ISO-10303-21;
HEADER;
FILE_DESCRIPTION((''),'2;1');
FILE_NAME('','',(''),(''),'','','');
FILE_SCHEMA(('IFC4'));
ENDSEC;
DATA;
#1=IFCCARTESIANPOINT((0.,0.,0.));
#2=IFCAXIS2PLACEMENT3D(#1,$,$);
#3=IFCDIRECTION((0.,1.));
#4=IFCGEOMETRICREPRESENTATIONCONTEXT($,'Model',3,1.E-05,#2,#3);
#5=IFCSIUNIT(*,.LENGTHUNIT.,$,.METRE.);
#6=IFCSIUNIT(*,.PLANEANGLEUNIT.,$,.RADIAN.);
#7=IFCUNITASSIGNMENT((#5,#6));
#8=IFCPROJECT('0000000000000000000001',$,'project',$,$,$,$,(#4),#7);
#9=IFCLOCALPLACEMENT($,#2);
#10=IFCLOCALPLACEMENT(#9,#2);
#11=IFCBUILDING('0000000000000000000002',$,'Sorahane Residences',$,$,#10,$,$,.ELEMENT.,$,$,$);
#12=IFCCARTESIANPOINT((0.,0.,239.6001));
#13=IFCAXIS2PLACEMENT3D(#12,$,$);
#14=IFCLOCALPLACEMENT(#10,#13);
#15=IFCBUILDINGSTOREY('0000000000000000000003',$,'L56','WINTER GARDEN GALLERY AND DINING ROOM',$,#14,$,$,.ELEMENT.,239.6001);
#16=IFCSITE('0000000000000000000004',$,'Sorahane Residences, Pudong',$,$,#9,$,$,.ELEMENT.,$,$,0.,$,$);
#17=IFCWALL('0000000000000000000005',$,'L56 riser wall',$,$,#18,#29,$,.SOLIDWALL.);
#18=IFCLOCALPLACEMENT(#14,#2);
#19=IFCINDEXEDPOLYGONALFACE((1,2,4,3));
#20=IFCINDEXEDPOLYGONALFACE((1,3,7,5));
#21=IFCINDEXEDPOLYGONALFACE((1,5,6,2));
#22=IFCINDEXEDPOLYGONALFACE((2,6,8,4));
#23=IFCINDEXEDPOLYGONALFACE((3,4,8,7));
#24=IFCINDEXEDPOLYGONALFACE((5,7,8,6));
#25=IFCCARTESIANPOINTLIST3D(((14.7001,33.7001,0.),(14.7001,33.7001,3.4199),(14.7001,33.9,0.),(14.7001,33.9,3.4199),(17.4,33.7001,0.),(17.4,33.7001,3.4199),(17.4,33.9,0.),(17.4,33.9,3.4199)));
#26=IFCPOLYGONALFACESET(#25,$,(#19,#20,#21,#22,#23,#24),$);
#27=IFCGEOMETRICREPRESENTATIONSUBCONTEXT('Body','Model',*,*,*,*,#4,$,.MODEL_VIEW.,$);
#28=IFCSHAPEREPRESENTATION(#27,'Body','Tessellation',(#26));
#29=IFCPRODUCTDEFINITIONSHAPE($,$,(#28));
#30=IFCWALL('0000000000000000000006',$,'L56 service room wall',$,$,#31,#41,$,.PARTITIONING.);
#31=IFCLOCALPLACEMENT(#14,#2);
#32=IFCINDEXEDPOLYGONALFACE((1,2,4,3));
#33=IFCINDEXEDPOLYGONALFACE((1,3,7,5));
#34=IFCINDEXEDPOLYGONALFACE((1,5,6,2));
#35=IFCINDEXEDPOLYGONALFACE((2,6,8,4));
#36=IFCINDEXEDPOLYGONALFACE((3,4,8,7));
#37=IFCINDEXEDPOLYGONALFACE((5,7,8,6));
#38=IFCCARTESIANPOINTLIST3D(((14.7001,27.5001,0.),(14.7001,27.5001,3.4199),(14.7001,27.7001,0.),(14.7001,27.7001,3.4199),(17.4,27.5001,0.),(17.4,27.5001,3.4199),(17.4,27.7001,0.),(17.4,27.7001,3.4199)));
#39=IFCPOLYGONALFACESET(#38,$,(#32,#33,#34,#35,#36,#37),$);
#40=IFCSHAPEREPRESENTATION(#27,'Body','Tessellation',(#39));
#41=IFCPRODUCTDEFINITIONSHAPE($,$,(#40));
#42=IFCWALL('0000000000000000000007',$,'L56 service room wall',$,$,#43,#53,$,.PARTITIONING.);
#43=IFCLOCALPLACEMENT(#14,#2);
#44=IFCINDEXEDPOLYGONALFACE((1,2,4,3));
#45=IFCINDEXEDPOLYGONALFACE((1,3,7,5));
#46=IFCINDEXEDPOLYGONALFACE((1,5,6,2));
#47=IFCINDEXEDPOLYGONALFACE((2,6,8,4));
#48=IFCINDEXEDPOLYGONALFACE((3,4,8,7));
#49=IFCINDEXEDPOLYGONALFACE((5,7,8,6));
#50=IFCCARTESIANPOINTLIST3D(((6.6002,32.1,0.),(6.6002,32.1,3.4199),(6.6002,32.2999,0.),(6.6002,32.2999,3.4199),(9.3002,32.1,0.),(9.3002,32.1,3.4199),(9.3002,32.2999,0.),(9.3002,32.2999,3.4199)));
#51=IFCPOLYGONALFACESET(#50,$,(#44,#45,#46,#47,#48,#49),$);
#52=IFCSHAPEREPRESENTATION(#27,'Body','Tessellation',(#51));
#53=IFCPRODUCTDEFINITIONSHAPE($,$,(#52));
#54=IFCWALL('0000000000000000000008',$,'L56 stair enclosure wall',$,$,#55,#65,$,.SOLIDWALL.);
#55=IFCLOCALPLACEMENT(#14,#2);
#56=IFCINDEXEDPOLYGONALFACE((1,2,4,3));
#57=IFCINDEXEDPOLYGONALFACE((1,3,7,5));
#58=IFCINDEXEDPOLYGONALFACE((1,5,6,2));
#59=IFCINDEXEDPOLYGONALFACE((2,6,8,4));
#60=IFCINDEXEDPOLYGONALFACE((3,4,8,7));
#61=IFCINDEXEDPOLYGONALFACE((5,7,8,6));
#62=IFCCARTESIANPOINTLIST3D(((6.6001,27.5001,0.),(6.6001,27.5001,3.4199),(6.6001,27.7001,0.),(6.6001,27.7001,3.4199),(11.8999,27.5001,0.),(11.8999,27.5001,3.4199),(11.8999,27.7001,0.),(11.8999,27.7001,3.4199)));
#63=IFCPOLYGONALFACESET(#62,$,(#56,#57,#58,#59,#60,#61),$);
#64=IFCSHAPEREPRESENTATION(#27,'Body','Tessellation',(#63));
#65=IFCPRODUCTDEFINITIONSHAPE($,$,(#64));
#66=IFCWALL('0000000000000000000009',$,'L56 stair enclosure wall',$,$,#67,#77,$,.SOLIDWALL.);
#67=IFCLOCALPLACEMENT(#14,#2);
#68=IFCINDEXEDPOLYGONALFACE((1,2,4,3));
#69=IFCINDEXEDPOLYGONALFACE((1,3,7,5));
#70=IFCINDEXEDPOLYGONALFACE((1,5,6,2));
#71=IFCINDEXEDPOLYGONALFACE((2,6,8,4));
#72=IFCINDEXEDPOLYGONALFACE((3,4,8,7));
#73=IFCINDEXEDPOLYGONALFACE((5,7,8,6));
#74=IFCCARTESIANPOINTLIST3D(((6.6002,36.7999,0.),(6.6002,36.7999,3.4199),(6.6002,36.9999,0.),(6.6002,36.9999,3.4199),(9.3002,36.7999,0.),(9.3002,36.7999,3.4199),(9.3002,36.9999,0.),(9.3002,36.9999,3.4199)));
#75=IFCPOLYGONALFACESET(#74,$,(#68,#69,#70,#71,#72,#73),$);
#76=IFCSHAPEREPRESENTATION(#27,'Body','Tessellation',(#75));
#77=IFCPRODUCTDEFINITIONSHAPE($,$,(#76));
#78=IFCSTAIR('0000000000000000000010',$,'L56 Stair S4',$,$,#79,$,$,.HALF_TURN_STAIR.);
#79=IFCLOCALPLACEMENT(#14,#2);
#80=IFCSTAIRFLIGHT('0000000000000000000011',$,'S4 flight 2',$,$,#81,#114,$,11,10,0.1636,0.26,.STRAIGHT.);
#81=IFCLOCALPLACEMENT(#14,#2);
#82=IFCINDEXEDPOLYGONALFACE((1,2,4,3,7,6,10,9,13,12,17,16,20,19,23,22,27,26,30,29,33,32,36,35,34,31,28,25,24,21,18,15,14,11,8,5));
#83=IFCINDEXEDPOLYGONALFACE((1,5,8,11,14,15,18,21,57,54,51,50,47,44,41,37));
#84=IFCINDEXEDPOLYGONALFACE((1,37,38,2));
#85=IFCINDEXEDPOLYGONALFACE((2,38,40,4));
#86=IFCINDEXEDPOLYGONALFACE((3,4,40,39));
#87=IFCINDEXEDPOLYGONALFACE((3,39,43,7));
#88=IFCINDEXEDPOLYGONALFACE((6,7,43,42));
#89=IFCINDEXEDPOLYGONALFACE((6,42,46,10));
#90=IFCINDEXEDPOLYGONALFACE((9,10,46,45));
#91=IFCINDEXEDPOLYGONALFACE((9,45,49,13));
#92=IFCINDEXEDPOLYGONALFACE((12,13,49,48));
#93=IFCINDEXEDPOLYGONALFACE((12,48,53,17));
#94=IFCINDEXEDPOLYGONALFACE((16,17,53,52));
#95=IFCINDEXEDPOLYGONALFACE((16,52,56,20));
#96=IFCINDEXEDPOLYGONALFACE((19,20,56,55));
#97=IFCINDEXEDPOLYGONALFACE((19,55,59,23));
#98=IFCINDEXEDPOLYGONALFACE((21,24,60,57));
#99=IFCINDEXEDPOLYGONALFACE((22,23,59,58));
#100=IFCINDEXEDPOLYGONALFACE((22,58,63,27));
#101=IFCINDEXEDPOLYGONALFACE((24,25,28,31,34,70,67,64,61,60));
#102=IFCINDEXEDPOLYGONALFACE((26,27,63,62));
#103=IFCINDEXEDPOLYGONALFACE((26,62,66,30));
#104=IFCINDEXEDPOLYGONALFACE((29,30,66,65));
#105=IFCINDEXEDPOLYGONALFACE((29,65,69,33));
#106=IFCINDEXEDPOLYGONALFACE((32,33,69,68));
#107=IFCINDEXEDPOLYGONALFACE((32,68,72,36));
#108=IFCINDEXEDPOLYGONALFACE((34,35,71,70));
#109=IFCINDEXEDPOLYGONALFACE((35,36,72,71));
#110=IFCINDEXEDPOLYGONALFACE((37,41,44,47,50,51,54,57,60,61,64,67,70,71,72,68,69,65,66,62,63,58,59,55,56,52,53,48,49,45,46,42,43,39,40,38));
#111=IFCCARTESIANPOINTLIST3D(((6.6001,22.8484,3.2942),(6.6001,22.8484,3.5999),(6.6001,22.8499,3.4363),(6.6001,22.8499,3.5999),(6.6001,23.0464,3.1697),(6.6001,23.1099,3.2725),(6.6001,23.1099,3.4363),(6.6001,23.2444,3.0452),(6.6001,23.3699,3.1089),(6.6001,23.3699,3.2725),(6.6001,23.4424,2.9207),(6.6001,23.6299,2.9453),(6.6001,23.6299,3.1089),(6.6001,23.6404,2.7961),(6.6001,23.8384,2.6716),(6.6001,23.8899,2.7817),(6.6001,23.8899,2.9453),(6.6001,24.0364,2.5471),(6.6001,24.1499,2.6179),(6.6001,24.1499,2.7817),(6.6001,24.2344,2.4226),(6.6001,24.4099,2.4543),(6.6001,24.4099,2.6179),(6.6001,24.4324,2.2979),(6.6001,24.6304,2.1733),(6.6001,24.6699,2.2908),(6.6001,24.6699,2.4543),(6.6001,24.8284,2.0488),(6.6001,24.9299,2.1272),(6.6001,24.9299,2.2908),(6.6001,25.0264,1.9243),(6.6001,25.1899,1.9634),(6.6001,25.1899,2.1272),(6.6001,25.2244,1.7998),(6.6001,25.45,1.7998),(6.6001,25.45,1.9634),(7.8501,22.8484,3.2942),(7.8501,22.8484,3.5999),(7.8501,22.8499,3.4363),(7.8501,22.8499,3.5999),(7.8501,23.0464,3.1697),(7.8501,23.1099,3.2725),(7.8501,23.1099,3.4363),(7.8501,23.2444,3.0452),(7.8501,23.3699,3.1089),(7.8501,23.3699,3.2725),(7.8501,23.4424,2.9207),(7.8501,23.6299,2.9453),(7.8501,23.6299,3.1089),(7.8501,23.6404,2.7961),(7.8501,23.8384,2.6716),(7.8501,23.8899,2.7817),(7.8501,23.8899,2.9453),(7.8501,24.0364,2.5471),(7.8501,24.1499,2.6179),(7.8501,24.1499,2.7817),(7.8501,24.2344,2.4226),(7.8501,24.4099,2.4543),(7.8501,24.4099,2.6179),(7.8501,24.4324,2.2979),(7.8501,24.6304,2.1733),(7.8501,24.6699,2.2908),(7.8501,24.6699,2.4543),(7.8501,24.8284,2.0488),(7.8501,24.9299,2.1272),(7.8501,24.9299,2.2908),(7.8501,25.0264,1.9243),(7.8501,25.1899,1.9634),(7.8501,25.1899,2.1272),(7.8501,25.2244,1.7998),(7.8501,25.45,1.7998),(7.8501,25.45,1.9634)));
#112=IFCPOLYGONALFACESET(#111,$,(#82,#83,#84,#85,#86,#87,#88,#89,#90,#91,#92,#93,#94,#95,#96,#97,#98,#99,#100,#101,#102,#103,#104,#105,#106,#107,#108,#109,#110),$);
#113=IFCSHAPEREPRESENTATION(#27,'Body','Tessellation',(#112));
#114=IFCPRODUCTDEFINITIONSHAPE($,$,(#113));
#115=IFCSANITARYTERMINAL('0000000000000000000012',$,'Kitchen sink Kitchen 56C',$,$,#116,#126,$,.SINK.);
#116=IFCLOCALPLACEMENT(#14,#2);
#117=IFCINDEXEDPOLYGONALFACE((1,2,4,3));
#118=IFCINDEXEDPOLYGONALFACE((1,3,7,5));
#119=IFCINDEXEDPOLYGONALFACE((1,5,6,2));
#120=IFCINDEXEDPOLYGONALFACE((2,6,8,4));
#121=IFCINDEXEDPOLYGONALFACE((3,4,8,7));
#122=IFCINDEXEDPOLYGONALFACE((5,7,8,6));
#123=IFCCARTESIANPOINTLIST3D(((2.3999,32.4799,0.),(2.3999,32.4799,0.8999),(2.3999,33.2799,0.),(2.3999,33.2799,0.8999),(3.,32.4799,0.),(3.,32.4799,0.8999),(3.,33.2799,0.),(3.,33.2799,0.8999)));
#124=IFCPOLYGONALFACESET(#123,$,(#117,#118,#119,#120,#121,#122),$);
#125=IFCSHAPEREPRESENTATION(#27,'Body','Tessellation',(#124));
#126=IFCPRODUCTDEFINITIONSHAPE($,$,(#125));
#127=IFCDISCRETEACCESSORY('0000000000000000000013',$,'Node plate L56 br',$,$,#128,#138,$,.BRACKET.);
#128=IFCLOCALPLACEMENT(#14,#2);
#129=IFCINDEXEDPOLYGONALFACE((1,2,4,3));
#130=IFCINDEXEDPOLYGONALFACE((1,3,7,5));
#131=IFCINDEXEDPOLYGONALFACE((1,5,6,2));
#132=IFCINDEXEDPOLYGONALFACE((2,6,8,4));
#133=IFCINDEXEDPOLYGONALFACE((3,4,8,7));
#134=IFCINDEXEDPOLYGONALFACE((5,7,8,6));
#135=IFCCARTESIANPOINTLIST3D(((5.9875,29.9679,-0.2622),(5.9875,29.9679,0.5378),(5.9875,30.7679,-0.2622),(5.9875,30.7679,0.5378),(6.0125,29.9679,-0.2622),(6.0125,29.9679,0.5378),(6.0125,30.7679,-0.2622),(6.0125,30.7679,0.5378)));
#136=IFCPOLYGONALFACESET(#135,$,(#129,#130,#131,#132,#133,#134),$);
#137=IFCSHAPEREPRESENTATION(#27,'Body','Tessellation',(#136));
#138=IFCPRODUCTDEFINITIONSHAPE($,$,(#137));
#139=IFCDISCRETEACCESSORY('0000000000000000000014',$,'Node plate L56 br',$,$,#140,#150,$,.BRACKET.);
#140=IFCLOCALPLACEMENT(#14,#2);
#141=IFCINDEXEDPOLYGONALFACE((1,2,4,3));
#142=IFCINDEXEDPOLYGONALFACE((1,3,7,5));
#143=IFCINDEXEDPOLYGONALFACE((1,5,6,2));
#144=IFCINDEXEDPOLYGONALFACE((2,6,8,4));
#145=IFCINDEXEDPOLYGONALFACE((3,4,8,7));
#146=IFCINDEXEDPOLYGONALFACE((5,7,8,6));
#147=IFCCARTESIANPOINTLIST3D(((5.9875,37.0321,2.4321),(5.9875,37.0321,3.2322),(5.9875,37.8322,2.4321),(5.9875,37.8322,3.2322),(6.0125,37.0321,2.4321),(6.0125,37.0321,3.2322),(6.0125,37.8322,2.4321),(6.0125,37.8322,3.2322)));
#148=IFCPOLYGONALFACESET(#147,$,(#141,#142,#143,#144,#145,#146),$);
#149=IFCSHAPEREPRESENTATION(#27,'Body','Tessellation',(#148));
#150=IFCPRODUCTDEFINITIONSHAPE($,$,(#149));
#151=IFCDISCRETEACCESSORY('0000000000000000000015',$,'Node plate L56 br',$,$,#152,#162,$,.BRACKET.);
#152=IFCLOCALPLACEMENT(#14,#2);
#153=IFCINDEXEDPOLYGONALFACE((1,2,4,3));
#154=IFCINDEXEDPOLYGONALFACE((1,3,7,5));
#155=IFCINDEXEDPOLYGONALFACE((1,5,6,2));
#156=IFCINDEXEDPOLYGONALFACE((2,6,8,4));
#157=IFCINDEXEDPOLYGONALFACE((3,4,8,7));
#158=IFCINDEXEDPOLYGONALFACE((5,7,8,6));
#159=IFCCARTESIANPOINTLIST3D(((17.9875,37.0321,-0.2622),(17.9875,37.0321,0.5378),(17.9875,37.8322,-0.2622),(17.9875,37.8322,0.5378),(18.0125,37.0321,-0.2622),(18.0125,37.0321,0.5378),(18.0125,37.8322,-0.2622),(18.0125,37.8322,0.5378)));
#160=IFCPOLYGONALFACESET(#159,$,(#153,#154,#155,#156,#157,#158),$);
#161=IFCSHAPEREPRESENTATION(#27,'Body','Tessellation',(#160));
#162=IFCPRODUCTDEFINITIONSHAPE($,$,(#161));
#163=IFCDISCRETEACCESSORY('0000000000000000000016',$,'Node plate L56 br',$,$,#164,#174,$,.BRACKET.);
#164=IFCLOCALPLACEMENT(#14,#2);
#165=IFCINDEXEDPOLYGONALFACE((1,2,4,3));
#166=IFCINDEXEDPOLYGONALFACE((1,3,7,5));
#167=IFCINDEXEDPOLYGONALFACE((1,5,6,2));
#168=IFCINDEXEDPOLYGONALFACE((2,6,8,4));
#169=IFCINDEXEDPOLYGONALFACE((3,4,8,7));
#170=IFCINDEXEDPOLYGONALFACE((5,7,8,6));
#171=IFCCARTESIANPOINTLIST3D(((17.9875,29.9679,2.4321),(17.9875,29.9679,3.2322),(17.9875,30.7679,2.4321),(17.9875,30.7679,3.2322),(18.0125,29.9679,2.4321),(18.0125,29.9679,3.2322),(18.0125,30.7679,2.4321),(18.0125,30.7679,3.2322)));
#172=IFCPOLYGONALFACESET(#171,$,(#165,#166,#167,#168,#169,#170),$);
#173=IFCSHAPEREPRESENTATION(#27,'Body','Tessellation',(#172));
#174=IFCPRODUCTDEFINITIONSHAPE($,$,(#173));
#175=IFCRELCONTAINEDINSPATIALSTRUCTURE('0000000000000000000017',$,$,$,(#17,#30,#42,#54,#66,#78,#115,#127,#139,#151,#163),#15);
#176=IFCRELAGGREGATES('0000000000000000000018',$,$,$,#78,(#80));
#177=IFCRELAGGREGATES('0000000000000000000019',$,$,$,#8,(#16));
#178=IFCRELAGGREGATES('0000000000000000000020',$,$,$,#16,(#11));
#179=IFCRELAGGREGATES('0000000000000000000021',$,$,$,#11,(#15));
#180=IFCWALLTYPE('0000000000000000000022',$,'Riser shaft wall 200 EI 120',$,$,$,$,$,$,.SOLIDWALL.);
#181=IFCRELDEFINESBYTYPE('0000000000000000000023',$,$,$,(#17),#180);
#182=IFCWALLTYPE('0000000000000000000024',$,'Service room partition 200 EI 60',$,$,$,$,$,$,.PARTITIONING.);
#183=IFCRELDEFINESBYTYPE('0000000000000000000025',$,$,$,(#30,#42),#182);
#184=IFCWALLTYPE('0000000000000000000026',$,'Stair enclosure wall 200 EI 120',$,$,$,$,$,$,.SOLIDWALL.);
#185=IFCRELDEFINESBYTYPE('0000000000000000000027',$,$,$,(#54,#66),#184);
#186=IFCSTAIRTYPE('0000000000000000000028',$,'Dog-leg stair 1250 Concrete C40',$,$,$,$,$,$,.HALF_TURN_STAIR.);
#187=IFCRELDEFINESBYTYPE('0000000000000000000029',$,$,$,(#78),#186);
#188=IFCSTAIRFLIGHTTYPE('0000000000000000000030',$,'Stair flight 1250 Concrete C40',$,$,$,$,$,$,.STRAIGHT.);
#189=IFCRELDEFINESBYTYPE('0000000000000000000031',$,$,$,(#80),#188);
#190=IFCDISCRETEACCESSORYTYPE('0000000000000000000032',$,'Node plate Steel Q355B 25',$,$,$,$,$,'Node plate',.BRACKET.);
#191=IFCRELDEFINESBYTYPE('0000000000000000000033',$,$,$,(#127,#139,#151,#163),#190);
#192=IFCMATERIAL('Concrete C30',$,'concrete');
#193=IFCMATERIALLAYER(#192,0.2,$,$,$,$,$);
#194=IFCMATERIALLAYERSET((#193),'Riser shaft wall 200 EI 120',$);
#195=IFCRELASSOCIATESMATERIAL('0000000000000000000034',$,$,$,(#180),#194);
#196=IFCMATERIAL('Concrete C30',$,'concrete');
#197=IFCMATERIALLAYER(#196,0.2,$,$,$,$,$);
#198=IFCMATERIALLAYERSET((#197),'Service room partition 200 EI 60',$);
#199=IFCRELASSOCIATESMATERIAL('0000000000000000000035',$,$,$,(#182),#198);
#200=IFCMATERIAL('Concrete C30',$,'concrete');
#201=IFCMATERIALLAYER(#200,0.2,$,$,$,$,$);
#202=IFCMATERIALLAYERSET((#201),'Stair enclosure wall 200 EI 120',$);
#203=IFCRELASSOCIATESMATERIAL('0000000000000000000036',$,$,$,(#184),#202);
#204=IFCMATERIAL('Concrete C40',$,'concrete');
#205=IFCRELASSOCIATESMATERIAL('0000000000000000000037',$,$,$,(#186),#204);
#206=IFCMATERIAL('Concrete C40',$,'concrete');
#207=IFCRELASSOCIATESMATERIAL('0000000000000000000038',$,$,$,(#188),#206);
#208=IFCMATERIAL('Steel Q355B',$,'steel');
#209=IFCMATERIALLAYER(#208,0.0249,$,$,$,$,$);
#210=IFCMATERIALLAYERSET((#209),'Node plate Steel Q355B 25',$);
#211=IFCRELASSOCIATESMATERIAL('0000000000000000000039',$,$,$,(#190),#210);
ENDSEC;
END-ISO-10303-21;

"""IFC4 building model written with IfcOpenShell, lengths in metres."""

from ifc_helpers import new_model, si_unit, direction, frame, frame_2d, origin, origin_2d, place, context, subcontext, project, spatial, polyline, rectangle, outline, extrude, material, layer, layer_set, type_object, element, aggregate, save


model = new_model("IFC4")

# Units and contexts
model_context = context("Model", 3, precision=1e-05, world=origin(), true_north=direction((0.0, 1.0)))
body_context = subcontext(model_context, "Body", "Model", "MODEL_VIEW")
ifc_project = project(units=[si_unit("LENGTHUNIT", "METRE"), si_unit("PLANEANGLEUNIT", "RADIAN")], contexts=[model_context])

# Site, building, storey
site_placement = place(None, origin())
site = spatial("IfcSite", under=ifc_project, at=site_placement, Name="Sorahane Residences, Pudong", CompositionType="ELEMENT", RefElevation=0.0)
building_placement = place(site_placement, origin())
building = spatial("IfcBuilding", under=site, at=building_placement, Name="Sorahane Residences", CompositionType="ELEMENT")
storey_placement = place(building_placement, frame((0.0, 0.0, 239.6001)))
storey = spatial("IfcBuildingStorey", under=building, at=storey_placement, Name="L56", Description="WINTER GARDEN GALLERY AND DINING ROOM", CompositionType="ELEMENT", Elevation=239.6001)

# Walls
ifc_material_1 = material(Name="Concrete C30", Category="concrete")
ifc_layer_1 = layer(ifc_material_1, 0.2)
ifc_layer_set_1 = layer_set([ifc_layer_1], Name="Riser shaft wall 200 EI 120")
wall_type_1 = type_object("IfcWallType", Name="Riser shaft wall 200 EI 120", PredefinedType="SOLIDWALL", material=ifc_layer_set_1)
wall_1_placement = place(storey_placement, frame((14.7, 33.8, 0.0), z_axis=(0.0, 0.0, 1.0), x_axis=(1.0, 0.0, 0.0)))
element("IfcWall", 1, at=wall_1_placement, inside=storey, type_object=wall_type_1, Name="L56 riser wall", PredefinedType="SOLIDWALL", context=body_context, shape_type="SweptSolid", body=[
    extrude(rectangle(XDim=2.7, YDim=0.2, at=frame_2d((1.3501, 0.0))), origin(), (0.0, 0.0, 1.0), 3.4199),
])
ifc_material_2 = material(Name="Concrete C30", Category="concrete")
ifc_layer_2 = layer(ifc_material_2, 0.2)
ifc_layer_set_2 = layer_set([ifc_layer_2], Name="Service room partition 200 EI 60")
wall_type_2 = type_object("IfcWallType", Name="Service room partition 200 EI 60", PredefinedType="PARTITIONING", material=ifc_layer_set_2)
for number, where, z_axis, x_axis, name in (
    (2, (14.7, 27.6001, 0.0), (0.0, 0.0, 1.0), (1.0, 0.0, 0.0), "L56 service room wall"),
    (3, (6.6001, 32.2, 0.0), (0.0, 0.0, 1.0), (1.0, 0.0, 0.0), "L56 service room wall"),
):
    element("IfcWall", number, at=place(storey_placement, frame(where, z_axis=z_axis, x_axis=x_axis)), inside=storey, type_object=wall_type_2, Name=name, PredefinedType="PARTITIONING", context=body_context, shape_type="SweptSolid", body=[
        extrude(rectangle(XDim=2.7, YDim=0.2, at=frame_2d((1.3501, 0.0))), origin(), (0.0, 0.0, 1.0), 3.4199),
    ])
ifc_material_3 = material(Name="Concrete C30", Category="concrete")
ifc_layer_3 = layer(ifc_material_3, 0.2)
ifc_layer_set_3 = layer_set([ifc_layer_3], Name="Stair enclosure wall 200 EI 120")
wall_type_3 = type_object("IfcWallType", Name="Stair enclosure wall 200 EI 120", PredefinedType="SOLIDWALL", material=ifc_layer_set_3)
wall_2_placement = place(storey_placement, frame((6.6001, 27.6001, 0.0), z_axis=(0.0, 0.0, 1.0), x_axis=(1.0, 0.0, 0.0)))
element("IfcWall", 4, at=wall_2_placement, inside=storey, type_object=wall_type_3, Name="L56 stair enclosure wall", PredefinedType="SOLIDWALL", context=body_context, shape_type="SweptSolid", body=[
    extrude(rectangle(XDim=5.2998, YDim=0.2, at=frame_2d((2.6499, 0.0))), origin(), (0.0, 0.0, 1.0), 3.4199),
])
wall_3_placement = place(storey_placement, frame((6.6001, 36.8999, 0.0), z_axis=(0.0, 0.0, 1.0), x_axis=(1.0, 0.0, 0.0)))
element("IfcWall", 5, at=wall_3_placement, inside=storey, type_object=wall_type_3, Name="L56 stair enclosure wall", PredefinedType="SOLIDWALL", context=body_context, shape_type="SweptSolid", body=[
    extrude(rectangle(XDim=2.7, YDim=0.2, at=frame_2d((1.3501, 0.0))), origin(), (0.0, 0.0, 1.0), 3.4199),
])

# Stair, stair flight
ifc_material_4 = material(Name="Concrete C40", Category="concrete")
stair_type = type_object("IfcStairType", Name="Dog-leg stair 1250 Concrete C40", PredefinedType="HALF_TURN_STAIR", material=ifc_material_4)
stair_placement = place(storey_placement, origin())
stair = element("IfcStair", 6, at=stair_placement, inside=storey, type_object=stair_type, Name="L56 Stair S4", PredefinedType="HALF_TURN_STAIR")
ifc_material_5 = material(Name="Concrete C40", Category="concrete")
stair_flight_type = type_object("IfcStairFlightType", Name="Stair flight 1250 Concrete C40", PredefinedType="STRAIGHT", material=ifc_material_5)
stair_flight_placement = place(storey_placement, frame((7.2251, 25.45, 1.7998), z_axis=(0.0, 0.0, 1.0), x_axis=(0.0, -1.0, 0.0)))
stair_flight = element("IfcStairFlight", 7, at=stair_flight_placement, type_object=stair_flight_type, Name="S4 flight 2", NumberOfRisers=11, NumberOfTreads=10, PredefinedType="STRAIGHT", RiserHeight=0.1636, TreadLength=0.26, context=body_context, shape_type="SweptSolid", body=[
    extrude(outline(polyline([(0.0, 0.0), (0.0, 0.1636), (0.26, 0.1636), (0.26, 0.3274), (0.52, 0.3274), (0.52, 0.491), (0.78, 0.491), (0.78, 0.6545), (1.04, 0.6545), (1.04, 0.8181), (1.3, 0.8181), (1.3, 0.9819), (1.5601, 0.9819), (1.5601, 1.1455), (1.8201, 1.1455), (1.8201, 1.3091), (2.0801, 1.3091), (2.0801, 1.4727), (2.3401, 1.4727), (2.3401, 1.6365), (2.6001, 1.6365), (2.6001, 1.8), (2.6016, 1.8), (2.6016, 1.4944), (2.4036, 1.3699), (2.2056, 1.2454), (2.0076, 1.1208), (1.8096, 0.9963), (1.6116, 0.8718), (1.4136, 0.7473), (1.2156, 0.6228), (1.0176, 0.498), (0.8196, 0.3735), (0.6216, 0.249), (0.4236, 0.1245), (0.2256, 0.0), (0.0, 0.0)])), frame((0.0, 0.625, 0.0), z_axis=(0.0, -1.0, 0.0), x_axis=(1.0, 0.0, 0.0)), (0.0, 0.0, 1.0), 1.25),
])
aggregate(stair, [stair_flight])

# Sanitary terminal
sanitary_terminal_placement = place(storey_placement, frame((2.7, 32.8799, 0.0), z_axis=(0.0, 0.0, 1.0), x_axis=(0.0, -1.0, 0.0)))
element("IfcSanitaryTerminal", 8, at=sanitary_terminal_placement, inside=storey, Name="Kitchen sink Kitchen 56C", PredefinedType="SINK", context=body_context, shape_type="SweptSolid", body=[
    extrude(rectangle(XDim=0.8, YDim=0.6001, at=origin_2d()), origin(), (0.0, 0.0, 1.0), 0.8999),
])

# Discrete accessories
ifc_material_6 = material(Name="Steel Q355B", Category="steel")
ifc_layer_4 = layer(ifc_material_6, 0.0249)
ifc_layer_set_4 = layer_set([ifc_layer_4], Name="Node plate Steel Q355B 25")
discrete_accessory_type = type_object("IfcDiscreteAccessoryType", Name="Node plate Steel Q355B 25", ElementType="Node plate", PredefinedType="BRACKET", material=ifc_layer_set_4)
for number, where, z_axis, x_axis, name in (
    (9, (6.0, 30.3679, -0.2622), (0.0, 0.0, 1.0), (0.0, 1.0, 0.0), "Node plate L56 br"),
    (10, (6.0, 37.4321, 2.4321), (0.0, 0.0, 1.0), (0.0, 1.0, 0.0), "Node plate L56 br"),
    (11, (18.0, 37.4321, -0.2622), (0.0, 0.0, 1.0), (0.0, 1.0, 0.0), "Node plate L56 br"),
    (12, (18.0, 30.3679, 2.4321), (0.0, 0.0, 1.0), (0.0, 1.0, 0.0), "Node plate L56 br"),
):
    element("IfcDiscreteAccessory", number, at=place(storey_placement, frame(where, z_axis=z_axis, x_axis=x_axis)), inside=storey, type_object=discrete_accessory_type, Name=name, PredefinedType="BRACKET", context=body_context, shape_type="SweptSolid", body=[
        extrude(rectangle(XDim=0.8, YDim=0.0249, at=origin_2d()), origin(), (0.0, 0.0, 1.0), 0.8),
    ])

save(model, "model.ifc")
